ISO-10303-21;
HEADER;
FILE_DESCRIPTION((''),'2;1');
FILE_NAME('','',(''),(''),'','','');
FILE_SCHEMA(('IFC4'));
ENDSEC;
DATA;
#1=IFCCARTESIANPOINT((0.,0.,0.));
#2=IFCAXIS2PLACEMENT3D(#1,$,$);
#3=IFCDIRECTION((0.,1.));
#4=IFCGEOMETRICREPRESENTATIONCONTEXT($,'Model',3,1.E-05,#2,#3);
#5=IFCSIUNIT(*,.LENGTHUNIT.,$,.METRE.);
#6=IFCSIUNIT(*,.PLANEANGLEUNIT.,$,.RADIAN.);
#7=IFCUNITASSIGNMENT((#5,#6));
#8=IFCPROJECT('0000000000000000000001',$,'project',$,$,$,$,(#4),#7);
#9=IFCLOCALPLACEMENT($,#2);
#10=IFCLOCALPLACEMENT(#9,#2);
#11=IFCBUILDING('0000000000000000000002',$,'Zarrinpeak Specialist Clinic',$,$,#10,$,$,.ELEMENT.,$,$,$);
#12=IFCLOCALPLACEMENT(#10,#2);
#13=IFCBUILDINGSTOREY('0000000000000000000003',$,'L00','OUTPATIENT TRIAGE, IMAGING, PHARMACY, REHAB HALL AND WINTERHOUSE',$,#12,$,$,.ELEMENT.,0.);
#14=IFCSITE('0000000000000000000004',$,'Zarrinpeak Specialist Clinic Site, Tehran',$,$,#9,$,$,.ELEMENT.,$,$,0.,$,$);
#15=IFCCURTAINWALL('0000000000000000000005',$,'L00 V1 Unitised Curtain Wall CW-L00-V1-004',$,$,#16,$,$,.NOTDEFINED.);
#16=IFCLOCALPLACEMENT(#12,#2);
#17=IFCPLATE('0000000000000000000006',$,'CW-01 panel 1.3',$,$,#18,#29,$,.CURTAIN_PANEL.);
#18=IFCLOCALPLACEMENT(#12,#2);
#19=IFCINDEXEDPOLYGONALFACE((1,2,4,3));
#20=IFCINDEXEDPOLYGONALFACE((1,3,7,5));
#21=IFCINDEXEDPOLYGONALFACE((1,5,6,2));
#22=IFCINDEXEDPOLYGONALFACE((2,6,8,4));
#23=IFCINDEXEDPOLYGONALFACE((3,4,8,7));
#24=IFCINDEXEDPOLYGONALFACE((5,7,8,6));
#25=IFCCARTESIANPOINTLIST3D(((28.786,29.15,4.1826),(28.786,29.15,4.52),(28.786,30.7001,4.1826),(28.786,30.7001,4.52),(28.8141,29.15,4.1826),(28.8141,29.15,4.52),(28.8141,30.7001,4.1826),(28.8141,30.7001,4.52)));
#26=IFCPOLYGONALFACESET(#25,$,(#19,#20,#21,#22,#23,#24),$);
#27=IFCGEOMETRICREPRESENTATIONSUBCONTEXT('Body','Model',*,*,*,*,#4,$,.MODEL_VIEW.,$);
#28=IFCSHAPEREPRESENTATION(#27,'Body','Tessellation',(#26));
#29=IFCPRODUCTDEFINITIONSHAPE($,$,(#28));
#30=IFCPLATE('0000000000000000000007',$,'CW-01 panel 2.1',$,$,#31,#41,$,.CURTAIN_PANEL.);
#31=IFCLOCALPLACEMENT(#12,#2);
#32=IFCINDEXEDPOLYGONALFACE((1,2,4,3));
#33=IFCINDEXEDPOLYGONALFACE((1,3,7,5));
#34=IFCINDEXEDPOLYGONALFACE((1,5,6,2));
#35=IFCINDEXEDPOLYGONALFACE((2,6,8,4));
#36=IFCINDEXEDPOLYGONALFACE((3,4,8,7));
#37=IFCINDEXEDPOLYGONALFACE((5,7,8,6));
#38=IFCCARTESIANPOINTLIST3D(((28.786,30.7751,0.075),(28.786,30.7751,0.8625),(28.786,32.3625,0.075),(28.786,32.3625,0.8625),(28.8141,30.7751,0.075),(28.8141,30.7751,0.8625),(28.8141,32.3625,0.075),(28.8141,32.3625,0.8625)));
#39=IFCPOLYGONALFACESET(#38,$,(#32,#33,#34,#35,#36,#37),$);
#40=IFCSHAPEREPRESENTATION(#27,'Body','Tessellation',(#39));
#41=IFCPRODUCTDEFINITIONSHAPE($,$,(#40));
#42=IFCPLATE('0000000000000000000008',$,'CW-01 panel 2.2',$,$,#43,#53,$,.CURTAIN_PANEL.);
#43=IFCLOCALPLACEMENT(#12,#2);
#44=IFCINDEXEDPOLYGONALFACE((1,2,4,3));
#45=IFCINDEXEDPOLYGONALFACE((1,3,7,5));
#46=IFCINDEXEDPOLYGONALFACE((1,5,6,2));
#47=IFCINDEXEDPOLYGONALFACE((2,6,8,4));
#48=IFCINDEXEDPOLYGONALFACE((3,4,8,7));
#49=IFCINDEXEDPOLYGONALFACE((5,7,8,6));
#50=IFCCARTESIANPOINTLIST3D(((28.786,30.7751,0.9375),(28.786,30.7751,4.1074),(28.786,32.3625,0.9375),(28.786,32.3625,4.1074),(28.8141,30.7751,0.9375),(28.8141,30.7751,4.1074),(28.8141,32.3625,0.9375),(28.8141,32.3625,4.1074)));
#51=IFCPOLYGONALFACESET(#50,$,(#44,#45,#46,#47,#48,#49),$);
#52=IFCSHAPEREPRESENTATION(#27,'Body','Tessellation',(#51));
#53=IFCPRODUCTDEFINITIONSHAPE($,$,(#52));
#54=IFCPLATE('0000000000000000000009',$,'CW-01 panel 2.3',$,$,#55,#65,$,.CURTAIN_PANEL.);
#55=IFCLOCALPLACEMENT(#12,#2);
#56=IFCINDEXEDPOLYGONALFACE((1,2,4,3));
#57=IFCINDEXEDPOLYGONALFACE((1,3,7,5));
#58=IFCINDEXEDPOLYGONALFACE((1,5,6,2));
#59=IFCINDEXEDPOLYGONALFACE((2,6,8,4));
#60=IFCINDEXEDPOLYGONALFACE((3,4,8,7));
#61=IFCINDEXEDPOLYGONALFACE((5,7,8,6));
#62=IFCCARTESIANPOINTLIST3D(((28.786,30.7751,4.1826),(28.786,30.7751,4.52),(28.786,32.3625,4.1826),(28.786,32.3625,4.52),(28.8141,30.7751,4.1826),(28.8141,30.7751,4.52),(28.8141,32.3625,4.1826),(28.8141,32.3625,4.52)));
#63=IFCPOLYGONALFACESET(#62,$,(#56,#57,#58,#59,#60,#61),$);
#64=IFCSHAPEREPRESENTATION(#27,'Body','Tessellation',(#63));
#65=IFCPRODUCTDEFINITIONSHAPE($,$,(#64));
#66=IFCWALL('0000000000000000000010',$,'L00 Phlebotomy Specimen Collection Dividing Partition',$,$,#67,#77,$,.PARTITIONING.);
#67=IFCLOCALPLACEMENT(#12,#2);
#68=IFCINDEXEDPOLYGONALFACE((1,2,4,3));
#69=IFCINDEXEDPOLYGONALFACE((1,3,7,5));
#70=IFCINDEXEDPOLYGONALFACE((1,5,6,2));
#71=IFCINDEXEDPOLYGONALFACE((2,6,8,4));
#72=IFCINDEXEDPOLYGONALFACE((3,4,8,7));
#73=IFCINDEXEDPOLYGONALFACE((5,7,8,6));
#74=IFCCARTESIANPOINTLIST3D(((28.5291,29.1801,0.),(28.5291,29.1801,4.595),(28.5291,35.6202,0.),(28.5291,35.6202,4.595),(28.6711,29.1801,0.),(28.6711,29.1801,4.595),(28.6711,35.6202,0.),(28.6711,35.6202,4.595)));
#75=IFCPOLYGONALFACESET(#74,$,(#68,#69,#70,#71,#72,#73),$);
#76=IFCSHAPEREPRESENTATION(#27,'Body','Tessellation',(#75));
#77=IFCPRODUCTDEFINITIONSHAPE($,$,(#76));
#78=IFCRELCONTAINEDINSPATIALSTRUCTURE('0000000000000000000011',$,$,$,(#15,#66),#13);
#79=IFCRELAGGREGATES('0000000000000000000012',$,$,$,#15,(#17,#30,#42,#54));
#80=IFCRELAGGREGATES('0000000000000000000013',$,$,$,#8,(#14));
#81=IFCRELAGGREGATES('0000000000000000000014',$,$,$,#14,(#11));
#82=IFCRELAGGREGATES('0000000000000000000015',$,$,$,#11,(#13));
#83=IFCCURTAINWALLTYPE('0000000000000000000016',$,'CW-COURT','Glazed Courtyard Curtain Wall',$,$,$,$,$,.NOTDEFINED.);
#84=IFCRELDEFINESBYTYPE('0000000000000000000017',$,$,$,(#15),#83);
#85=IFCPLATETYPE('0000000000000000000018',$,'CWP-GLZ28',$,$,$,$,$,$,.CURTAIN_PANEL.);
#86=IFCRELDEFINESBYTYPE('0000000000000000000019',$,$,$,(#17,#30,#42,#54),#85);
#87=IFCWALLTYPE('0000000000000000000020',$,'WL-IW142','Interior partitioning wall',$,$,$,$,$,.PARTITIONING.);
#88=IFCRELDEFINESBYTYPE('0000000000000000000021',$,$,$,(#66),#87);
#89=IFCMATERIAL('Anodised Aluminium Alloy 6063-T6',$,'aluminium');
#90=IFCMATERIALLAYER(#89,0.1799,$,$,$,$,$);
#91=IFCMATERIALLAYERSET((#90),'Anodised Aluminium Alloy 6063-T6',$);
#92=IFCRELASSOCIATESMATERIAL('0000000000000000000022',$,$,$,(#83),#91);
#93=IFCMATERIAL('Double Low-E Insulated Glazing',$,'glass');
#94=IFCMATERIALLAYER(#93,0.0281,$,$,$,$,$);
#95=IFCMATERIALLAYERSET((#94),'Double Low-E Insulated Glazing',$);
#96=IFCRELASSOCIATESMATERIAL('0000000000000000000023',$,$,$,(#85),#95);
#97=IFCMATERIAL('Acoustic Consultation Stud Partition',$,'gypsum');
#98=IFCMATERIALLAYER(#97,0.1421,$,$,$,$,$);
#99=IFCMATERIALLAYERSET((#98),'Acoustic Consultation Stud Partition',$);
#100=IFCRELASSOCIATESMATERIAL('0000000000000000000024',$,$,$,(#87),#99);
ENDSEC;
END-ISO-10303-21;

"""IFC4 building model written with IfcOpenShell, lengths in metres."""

from ifc_helpers import new_model, si_unit, direction, frame, frame_2d, origin, origin_2d, place, context, subcontext, project, spatial, rectangle, extrude, material, layer, layer_set, type_object, element, aggregate, save


model = new_model("IFC4")

# Units and contexts
model_context = context("Model", 3, precision=1e-05, world=origin(), true_north=direction((0.0, 1.0)))
body_context = subcontext(model_context, "Body", "Model", "MODEL_VIEW")
ifc_project = project(units=[si_unit("LENGTHUNIT", "METRE"), si_unit("PLANEANGLEUNIT", "RADIAN")], contexts=[model_context])

# Site, building, storey
site_placement = place(None, origin())
site = spatial("IfcSite", under=ifc_project, at=site_placement, Name="Zarrinpeak Specialist Clinic Site, Tehran", CompositionType="ELEMENT", RefElevation=0.0)
building_placement = place(site_placement, origin())
building = spatial("IfcBuilding", under=site, at=building_placement, Name="Zarrinpeak Specialist Clinic", CompositionType="ELEMENT")
storey_placement = place(building_placement, origin())
storey = spatial("IfcBuildingStorey", under=building, at=storey_placement, Name="L00", Description="OUTPATIENT TRIAGE, IMAGING, PHARMACY, REHAB HALL AND WINTERHOUSE", CompositionType="ELEMENT", Elevation=0.0)

# Curtain wall, plates
ifc_material_1 = material(Name="Anodised Aluminium Alloy 6063-T6", Category="aluminium")
ifc_layer_1 = layer(ifc_material_1, 0.1799)
ifc_layer_set_1 = layer_set([ifc_layer_1], Name="Anodised Aluminium Alloy 6063-T6")
curtain_wall_type = type_object("IfcCurtainWallType", Name="CW-COURT", Description="Glazed Courtyard Curtain Wall", PredefinedType="NOTDEFINED", material=ifc_layer_set_1)
curtain_wall_placement = place(storey_placement, origin())
curtain_wall = element("IfcCurtainWall", 1, at=curtain_wall_placement, inside=storey, type_object=curtain_wall_type, Name="L00 V1 Unitised Curtain Wall CW-L00-V1-004", PredefinedType="NOTDEFINED")
ifc_material_2 = material(Name="Double Low-E Insulated Glazing", Category="glass")
ifc_layer_2 = layer(ifc_material_2, 0.0281)
ifc_layer_set_2 = layer_set([ifc_layer_2], Name="Double Low-E Insulated Glazing")
plate_type = type_object("IfcPlateType", Name="CWP-GLZ28", PredefinedType="CURTAIN_PANEL", material=ifc_layer_set_2)
plate_1_placement = place(storey_placement, frame((28.8, 29.925, 4.1826), z_axis=(0.0, 0.0, 1.0), x_axis=(0.0, 1.0, 0.0)))
plate_1 = element("IfcPlate", 2, at=plate_1_placement, type_object=plate_type, Name="CW-01 panel 1.3", PredefinedType="CURTAIN_PANEL", context=body_context, shape_type="SweptSolid", body=[
    extrude(rectangle(XDim=1.55, YDim=0.0281, at=origin_2d()), origin(), (0.0, 0.0, 1.0), 0.3374),
])
plate_2_placement = place(storey_placement, frame((28.8, 31.5688, 0.075), z_axis=(0.0, 0.0, 1.0), x_axis=(0.0, 1.0, 0.0)))
plate_2 = element("IfcPlate", 3, at=plate_2_placement, type_object=plate_type, Name="CW-01 panel 2.1", PredefinedType="CURTAIN_PANEL", context=body_context, shape_type="SweptSolid", body=[
    extrude(rectangle(XDim=1.5874, YDim=0.0281, at=origin_2d()), origin(), (0.0, 0.0, 1.0), 0.7876),
])
plate_3_placement = place(storey_placement, frame((28.8, 31.5688, 0.9375), z_axis=(0.0, 0.0, 1.0), x_axis=(0.0, 1.0, 0.0)))
plate_3 = element("IfcPlate", 4, at=plate_3_placement, type_object=plate_type, Name="CW-01 panel 2.2", PredefinedType="CURTAIN_PANEL", context=body_context, shape_type="SweptSolid", body=[
    extrude(rectangle(XDim=1.5874, YDim=0.0281, at=origin_2d()), origin(), (0.0, 0.0, 1.0), 3.1699),
])
plate_4_placement = place(storey_placement, frame((28.8, 31.5688, 4.1826), z_axis=(0.0, 0.0, 1.0), x_axis=(0.0, 1.0, 0.0)))
plate_4 = element("IfcPlate", 5, at=plate_4_placement, type_object=plate_type, Name="CW-01 panel 2.3", PredefinedType="CURTAIN_PANEL", context=body_context, shape_type="SweptSolid", body=[
    extrude(rectangle(XDim=1.5874, YDim=0.0281, at=origin_2d()), origin(), (0.0, 0.0, 1.0), 0.3374),
])
aggregate(curtain_wall, [plate_1, plate_2, plate_3, plate_4])

# Wall
ifc_material_3 = material(Name="Acoustic Consultation Stud Partition", Category="gypsum")
ifc_layer_3 = layer(ifc_material_3, 0.1421)
ifc_layer_set_3 = layer_set([ifc_layer_3], Name="Acoustic Consultation Stud Partition")
wall_type = type_object("IfcWallType", Name="WL-IW142", Description="Interior partitioning wall", PredefinedType="PARTITIONING", material=ifc_layer_set_3)
wall_placement = place(storey_placement, frame((28.6001, 29.1799, 0.0), z_axis=(0.0, 0.0, 1.0), x_axis=(0.0, 1.0, 0.0)))
element("IfcWall", 6, at=wall_placement, inside=storey, type_object=wall_type, Name="L00 Phlebotomy Specimen Collection Dividing Partition", PredefinedType="PARTITIONING", context=body_context, shape_type="SweptSolid", body=[
    extrude(rectangle(XDim=6.4402, YDim=0.1421, at=frame_2d((3.2202, 0.0))), origin(), (0.0, 0.0, 1.0), 4.595),
])

save(model, "model.ifc")
